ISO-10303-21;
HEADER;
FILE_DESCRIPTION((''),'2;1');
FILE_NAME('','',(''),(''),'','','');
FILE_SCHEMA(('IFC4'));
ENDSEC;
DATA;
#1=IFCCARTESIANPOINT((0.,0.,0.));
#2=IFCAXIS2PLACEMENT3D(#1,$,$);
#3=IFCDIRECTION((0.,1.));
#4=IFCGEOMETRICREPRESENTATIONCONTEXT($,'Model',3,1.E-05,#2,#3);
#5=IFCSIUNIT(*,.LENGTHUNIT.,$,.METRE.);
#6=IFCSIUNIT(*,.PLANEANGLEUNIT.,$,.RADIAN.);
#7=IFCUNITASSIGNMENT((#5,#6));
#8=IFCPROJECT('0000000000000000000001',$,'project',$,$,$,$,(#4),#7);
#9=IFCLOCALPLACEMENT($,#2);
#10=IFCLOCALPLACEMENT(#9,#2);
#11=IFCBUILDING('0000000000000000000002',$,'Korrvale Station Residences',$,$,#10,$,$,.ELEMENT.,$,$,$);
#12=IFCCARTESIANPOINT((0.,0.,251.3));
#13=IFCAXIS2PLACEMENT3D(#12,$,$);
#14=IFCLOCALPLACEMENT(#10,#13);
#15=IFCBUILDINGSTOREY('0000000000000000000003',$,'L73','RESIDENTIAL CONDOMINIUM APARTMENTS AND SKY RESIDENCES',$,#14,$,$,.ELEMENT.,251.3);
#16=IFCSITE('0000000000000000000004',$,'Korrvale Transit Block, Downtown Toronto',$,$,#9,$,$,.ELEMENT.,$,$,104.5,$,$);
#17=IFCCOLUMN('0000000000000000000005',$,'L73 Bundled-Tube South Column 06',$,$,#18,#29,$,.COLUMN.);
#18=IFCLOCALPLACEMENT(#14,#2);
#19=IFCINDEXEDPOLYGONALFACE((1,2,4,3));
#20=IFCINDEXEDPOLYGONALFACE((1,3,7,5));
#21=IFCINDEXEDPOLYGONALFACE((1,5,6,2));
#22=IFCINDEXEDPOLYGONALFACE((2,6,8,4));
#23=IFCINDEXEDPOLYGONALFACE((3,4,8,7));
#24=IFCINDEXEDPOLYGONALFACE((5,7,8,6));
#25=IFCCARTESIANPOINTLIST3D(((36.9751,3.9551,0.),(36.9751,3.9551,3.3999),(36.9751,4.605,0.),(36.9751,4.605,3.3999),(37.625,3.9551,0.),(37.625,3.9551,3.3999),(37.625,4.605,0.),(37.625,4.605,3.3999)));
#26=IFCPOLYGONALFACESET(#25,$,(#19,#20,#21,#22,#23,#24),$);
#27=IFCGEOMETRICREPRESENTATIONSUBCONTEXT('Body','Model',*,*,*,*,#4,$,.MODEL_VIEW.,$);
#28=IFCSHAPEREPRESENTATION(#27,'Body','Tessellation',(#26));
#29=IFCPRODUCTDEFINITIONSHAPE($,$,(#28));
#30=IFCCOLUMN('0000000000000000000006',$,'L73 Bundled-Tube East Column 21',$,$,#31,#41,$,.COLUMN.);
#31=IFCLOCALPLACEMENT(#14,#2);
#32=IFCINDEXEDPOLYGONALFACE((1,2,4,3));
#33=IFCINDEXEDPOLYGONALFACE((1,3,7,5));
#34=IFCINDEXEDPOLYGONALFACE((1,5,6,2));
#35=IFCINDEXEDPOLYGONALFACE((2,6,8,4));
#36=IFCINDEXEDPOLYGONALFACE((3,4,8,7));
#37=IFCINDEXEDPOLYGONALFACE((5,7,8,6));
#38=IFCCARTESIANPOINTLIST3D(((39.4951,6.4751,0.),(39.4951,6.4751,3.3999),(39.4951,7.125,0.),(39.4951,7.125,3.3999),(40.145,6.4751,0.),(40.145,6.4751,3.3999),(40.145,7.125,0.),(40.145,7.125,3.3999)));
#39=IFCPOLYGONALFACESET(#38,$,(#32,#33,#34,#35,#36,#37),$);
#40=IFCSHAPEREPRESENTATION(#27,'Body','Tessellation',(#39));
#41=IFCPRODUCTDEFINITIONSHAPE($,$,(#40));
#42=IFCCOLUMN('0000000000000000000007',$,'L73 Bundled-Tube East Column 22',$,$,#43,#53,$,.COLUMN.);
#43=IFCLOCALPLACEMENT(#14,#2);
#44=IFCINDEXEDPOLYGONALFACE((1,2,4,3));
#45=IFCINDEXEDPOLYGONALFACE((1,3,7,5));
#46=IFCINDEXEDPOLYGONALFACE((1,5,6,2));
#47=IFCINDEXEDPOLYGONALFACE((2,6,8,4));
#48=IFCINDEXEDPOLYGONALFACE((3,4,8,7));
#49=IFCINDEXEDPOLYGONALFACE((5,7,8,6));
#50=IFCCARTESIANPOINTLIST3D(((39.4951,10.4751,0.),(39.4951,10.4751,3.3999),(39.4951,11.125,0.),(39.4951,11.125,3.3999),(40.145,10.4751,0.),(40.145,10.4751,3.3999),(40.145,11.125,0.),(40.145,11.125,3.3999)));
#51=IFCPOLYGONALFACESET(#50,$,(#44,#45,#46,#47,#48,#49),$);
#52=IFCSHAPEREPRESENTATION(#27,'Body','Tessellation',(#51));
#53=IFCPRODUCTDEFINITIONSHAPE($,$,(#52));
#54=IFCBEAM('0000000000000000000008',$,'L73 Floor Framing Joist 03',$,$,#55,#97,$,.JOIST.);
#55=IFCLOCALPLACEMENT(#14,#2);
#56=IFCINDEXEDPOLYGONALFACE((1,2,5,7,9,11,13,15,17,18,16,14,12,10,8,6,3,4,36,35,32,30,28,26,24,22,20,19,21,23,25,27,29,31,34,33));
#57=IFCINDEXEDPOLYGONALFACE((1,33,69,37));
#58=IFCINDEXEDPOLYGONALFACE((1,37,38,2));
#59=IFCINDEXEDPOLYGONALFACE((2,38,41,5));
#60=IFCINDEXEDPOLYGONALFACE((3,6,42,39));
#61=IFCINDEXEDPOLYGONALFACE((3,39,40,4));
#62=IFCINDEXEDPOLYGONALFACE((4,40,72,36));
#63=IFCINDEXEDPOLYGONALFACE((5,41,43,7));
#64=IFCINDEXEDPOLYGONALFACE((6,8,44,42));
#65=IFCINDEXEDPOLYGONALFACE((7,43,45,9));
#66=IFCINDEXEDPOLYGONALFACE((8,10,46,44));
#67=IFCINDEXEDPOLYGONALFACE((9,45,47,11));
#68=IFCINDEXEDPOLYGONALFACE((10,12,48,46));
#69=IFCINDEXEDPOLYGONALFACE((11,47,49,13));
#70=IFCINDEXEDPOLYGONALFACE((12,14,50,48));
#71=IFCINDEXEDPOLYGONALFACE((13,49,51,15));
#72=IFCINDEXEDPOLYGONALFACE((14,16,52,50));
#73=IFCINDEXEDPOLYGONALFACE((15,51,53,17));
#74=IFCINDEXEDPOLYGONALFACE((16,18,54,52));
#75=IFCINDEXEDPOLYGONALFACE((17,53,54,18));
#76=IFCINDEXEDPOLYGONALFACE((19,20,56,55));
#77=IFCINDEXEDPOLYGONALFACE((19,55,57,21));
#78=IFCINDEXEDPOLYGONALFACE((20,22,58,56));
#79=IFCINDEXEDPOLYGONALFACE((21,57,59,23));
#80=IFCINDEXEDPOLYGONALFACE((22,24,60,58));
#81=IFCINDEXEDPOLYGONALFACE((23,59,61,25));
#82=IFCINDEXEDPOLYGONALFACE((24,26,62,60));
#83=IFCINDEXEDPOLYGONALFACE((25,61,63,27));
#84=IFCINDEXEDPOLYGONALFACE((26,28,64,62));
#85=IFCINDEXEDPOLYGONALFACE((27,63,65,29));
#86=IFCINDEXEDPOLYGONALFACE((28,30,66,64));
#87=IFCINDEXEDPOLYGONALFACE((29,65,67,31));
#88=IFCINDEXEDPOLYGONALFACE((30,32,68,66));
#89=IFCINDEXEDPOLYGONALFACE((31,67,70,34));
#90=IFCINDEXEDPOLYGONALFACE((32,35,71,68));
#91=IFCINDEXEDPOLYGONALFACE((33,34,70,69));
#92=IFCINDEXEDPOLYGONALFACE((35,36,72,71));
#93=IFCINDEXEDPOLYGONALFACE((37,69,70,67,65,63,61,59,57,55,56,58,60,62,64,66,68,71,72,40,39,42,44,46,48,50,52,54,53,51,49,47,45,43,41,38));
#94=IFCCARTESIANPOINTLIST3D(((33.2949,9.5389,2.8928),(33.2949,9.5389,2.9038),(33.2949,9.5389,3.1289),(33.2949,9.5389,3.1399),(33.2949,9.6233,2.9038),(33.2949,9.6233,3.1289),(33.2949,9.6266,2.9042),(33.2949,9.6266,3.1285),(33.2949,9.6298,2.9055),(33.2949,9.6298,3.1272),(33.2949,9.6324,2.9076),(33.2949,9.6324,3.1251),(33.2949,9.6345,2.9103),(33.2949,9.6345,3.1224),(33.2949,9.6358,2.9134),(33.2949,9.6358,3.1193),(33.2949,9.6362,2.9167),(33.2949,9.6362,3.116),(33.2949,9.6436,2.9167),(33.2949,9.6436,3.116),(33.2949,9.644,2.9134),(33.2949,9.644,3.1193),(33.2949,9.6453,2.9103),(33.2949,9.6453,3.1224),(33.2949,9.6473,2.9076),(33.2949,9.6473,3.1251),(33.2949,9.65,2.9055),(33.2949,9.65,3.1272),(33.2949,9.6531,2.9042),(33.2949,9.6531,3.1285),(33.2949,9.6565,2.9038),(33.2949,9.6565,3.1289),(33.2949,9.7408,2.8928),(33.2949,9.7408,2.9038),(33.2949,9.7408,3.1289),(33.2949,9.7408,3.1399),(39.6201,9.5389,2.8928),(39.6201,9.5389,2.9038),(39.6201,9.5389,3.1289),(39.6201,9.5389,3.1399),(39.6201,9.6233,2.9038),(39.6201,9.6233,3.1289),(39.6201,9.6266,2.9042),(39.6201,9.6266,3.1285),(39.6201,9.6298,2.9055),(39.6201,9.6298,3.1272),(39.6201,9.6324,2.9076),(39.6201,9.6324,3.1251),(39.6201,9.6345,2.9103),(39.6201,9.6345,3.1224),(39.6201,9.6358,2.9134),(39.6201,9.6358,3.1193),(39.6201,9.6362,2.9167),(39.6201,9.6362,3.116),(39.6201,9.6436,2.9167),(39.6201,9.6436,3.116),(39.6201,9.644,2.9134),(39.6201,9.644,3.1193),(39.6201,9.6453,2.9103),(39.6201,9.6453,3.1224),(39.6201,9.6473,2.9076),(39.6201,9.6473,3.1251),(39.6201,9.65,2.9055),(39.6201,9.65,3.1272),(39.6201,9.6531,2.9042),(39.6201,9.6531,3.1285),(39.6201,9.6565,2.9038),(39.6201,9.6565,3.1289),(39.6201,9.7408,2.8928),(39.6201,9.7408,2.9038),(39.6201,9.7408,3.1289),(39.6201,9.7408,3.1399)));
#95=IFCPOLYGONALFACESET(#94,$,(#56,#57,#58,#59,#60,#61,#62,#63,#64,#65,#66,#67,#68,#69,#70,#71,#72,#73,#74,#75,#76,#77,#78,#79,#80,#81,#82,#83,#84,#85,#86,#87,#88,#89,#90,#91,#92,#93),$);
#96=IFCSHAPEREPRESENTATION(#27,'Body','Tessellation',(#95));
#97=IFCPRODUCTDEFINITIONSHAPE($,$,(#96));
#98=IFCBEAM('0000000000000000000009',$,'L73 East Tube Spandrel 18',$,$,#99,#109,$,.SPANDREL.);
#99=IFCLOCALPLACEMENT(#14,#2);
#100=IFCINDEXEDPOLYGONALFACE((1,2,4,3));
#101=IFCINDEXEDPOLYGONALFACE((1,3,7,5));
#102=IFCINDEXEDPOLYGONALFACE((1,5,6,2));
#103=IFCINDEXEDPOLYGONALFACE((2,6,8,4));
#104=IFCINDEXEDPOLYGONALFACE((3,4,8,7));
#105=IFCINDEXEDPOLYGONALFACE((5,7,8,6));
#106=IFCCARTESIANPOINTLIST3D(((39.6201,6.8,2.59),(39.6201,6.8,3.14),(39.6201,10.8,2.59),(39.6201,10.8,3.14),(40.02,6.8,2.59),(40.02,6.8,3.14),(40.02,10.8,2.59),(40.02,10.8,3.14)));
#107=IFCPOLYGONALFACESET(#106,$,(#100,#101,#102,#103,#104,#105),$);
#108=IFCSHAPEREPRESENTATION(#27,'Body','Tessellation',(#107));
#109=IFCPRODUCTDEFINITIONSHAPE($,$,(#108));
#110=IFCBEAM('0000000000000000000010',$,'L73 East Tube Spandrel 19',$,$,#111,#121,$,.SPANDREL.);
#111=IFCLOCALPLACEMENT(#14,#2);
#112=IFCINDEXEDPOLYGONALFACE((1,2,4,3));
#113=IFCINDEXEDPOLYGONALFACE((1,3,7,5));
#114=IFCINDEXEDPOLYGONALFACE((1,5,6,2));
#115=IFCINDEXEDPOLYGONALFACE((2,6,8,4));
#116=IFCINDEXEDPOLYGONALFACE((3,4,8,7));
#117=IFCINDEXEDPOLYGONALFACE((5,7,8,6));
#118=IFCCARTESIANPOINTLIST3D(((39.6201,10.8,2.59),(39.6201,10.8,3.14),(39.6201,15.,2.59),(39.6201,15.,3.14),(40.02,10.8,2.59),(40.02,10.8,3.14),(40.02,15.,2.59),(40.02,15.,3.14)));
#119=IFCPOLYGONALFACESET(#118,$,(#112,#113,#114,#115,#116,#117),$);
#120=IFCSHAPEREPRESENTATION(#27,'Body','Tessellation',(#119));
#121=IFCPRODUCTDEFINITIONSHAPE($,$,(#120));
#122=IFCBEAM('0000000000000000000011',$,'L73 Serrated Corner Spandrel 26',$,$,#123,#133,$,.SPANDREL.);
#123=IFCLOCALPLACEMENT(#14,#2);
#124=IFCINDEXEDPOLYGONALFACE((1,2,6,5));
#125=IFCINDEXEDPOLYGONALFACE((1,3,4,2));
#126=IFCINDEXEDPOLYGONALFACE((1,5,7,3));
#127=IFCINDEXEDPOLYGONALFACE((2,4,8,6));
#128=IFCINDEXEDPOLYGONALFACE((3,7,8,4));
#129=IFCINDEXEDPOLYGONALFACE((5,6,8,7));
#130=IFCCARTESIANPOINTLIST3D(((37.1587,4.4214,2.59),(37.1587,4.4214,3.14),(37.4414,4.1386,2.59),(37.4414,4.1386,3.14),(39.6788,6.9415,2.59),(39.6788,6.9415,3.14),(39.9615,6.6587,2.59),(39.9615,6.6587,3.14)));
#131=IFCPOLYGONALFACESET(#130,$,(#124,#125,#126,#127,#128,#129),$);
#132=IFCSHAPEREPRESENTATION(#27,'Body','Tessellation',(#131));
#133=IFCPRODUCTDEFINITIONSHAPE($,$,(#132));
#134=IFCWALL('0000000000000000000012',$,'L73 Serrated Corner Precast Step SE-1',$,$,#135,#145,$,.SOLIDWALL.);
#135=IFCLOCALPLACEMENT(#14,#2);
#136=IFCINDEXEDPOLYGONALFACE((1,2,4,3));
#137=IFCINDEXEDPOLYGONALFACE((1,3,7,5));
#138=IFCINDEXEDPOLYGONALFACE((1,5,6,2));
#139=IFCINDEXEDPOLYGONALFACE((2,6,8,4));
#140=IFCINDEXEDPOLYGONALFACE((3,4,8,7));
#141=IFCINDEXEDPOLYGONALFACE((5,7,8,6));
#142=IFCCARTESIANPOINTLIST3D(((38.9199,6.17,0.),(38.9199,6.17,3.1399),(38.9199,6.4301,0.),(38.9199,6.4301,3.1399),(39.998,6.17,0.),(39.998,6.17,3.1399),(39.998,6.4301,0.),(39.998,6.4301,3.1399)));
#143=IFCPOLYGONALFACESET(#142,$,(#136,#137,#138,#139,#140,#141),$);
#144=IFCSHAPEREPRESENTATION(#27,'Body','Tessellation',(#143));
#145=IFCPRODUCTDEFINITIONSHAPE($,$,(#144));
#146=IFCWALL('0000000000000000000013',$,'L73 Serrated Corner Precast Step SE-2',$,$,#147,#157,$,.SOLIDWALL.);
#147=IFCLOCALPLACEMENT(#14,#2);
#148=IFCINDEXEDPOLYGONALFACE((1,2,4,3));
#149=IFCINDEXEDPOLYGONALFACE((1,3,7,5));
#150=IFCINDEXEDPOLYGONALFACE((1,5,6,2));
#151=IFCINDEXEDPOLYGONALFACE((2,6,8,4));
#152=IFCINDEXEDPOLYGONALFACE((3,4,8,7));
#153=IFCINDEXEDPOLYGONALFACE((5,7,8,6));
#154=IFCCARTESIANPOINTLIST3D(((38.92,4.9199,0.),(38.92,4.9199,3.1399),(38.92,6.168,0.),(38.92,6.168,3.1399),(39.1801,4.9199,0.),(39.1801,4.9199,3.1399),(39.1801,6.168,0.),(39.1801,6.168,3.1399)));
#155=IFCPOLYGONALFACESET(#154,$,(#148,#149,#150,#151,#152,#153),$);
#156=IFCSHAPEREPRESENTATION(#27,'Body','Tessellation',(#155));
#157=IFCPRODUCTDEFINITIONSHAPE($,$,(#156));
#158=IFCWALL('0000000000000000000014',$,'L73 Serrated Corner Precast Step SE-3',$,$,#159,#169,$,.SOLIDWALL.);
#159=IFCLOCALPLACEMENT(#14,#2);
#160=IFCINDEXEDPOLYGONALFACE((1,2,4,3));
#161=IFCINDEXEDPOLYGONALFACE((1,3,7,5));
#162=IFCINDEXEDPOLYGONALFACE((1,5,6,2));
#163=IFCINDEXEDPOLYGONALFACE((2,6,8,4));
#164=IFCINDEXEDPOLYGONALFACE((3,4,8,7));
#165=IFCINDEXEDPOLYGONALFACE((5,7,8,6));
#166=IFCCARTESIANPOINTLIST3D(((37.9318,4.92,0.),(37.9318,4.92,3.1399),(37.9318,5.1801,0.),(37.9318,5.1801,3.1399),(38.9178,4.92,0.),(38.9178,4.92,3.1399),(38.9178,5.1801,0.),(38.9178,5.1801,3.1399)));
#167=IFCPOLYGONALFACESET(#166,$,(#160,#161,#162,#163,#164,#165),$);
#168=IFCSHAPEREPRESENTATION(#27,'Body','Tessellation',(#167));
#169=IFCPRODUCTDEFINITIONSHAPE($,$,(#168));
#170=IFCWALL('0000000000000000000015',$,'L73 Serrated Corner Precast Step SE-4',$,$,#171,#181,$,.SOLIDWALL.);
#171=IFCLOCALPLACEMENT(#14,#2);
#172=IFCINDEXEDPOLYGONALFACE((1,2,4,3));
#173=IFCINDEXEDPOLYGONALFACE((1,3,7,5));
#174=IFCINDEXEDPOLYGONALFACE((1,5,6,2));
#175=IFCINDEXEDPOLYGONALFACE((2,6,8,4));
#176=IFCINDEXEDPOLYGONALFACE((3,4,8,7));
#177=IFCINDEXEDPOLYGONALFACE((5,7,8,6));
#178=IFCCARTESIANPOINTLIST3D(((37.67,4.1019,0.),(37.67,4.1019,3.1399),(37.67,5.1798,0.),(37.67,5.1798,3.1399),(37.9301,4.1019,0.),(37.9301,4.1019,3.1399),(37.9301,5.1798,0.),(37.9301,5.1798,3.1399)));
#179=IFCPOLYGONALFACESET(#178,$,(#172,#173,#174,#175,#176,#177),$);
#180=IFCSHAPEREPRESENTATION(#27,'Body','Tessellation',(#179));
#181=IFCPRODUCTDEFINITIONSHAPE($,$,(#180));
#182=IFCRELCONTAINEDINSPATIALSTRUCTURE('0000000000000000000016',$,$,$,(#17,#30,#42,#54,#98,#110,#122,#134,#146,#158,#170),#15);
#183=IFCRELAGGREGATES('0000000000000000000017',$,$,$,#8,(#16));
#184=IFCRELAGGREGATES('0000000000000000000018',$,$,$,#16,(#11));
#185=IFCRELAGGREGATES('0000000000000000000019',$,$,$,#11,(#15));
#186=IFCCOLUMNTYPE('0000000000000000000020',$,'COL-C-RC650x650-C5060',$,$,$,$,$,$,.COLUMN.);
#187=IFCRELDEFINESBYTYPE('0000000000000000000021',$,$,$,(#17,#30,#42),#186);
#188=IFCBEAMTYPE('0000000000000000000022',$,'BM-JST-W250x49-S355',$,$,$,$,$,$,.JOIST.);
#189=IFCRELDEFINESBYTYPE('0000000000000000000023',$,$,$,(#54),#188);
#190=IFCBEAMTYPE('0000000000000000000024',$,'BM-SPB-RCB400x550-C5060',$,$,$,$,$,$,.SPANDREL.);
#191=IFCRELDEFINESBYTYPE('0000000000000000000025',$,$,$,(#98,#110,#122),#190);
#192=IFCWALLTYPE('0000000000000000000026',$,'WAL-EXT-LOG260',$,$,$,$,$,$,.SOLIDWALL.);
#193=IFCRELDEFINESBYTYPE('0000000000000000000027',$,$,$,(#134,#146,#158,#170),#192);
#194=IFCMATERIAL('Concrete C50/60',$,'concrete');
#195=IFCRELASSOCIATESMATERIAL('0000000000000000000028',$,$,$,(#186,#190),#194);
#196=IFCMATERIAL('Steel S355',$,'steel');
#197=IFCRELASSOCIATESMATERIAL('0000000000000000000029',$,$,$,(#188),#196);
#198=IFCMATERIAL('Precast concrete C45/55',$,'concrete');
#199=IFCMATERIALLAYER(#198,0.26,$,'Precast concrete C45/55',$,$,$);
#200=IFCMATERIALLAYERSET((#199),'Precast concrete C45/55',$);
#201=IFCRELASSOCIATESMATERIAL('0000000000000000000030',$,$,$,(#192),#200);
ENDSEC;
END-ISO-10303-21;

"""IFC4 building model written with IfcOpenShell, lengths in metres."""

from ifc_helpers import new_model, si_unit, direction, frame, frame_2d, origin, origin_2d, place, context, subcontext, project, spatial, rectangle, i_section, extrude, material, layer, layer_set, material_profile, profile_set, type_object, element, save


model = new_model("IFC4")

# Units and contexts
model_context = context("Model", 3, precision=1e-05, world=origin(), true_north=direction((0.0, 1.0)))
body_context = subcontext(model_context, "Body", "Model", "MODEL_VIEW")
ifc_project = project(units=[si_unit("LENGTHUNIT", "METRE"), si_unit("PLANEANGLEUNIT", "RADIAN")], contexts=[model_context])

# Site, building, storey
site_placement = place(None, origin())
site = spatial("IfcSite", under=ifc_project, at=site_placement, Name="Korrvale Transit Block, Downtown Toronto", CompositionType="ELEMENT", RefElevation=104.5)
building_placement = place(site_placement, origin())
building = spatial("IfcBuilding", under=site, at=building_placement, Name="Korrvale Station Residences", CompositionType="ELEMENT")
storey_placement = place(building_placement, frame((0.0, 0.0, 251.3)))
storey = spatial("IfcBuildingStorey", under=building, at=storey_placement, Name="L73", Description="RESIDENTIAL CONDOMINIUM APARTMENTS AND SKY RESIDENCES", CompositionType="ELEMENT", Elevation=251.3)

# Columns
ifc_material_1 = material(Name="Concrete C50/60", Category="concrete")
ifc_material_profile_1 = material_profile(ifc_material_1, rectangle(XDim=0.6499, YDim=0.6499, at=origin_2d()), Name="RC650x650")
ifc_profile_set_1 = profile_set([ifc_material_profile_1], Name="Concrete C50/60")
column_type = type_object("IfcColumnType", Name="COL-C-RC650x650-C5060", PredefinedType="COLUMN", material=ifc_profile_set_1)
for number, where, z_axis, x_axis, name in (
    (1, (37.3, 4.28, 0.0), (0.0, 0.0, 1.0), (1.0, 0.0, 0.0), "L73 Bundled-Tube South Column 06"),
    (2, (39.8201, 6.8, 0.0), (0.0, 0.0, 1.0), (1.0, 0.0, 0.0), "L73 Bundled-Tube East Column 21"),
    (3, (39.8201, 10.8, 0.0), (0.0, 0.0, 1.0), (1.0, 0.0, 0.0), "L73 Bundled-Tube East Column 22"),
):
    element("IfcColumn", number, at=place(storey_placement, frame(where, z_axis=z_axis, x_axis=x_axis)), inside=storey, type_object=column_type, Name=name, PredefinedType="COLUMN", context=body_context, shape_type="SweptSolid", body=[
        extrude(rectangle(XDim=0.6499, YDim=0.6499, at=origin_2d()), origin(), (0.0, 0.0, 1.0), 3.3999),
    ])

# Beams
ifc_material_2 = material(Name="Steel S355", Category="steel")
ifc_material_profile_2 = material_profile(ifc_material_2, i_section(OverallWidth=0.2019, OverallDepth=0.2471, WebThickness=0.0073, FlangeThickness=0.011, FilletRadius=0.0129, at=origin_2d()), Name="W250x49")
ifc_profile_set_2 = profile_set([ifc_material_profile_2], Name="Steel S355")
beam_type_1 = type_object("IfcBeamType", Name="BM-JST-W250x49-S355", PredefinedType="JOIST", material=ifc_profile_set_2)
beam_1_placement = place(storey_placement, frame((33.2949, 9.6399, 3.0164), z_axis=(1.0, 0.0, 0.0), x_axis=(0.0, 1.0, 0.0)))
element("IfcBeam", 4, at=beam_1_placement, inside=storey, type_object=beam_type_1, Name="L73 Floor Framing Joist 03", PredefinedType="JOIST", context=body_context, shape_type="SweptSolid", body=[
    extrude(i_section(OverallWidth=0.2019, OverallDepth=0.2471, WebThickness=0.0073, FlangeThickness=0.011, FilletRadius=0.0129, at=origin_2d()), origin(), (0.0, 0.0, 1.0), 6.3252),
])
ifc_material_profile_3 = material_profile(ifc_material_1, rectangle(XDim=0.3999, YDim=0.55, at=origin_2d()), Name="RCB400x550")
ifc_profile_set_3 = profile_set([ifc_material_profile_3], Name="Concrete C50/60")
beam_type_2 = type_object("IfcBeamType", Name="BM-SPB-RCB400x550-C5060", PredefinedType="SPANDREL", material=ifc_profile_set_3)
beam_2_placement = place(storey_placement, frame((39.8201, 6.8, 2.865), z_axis=(0.0, 1.0, 0.0), x_axis=(-1.0, 0.0, 0.0)))
element("IfcBeam", 5, at=beam_2_placement, inside=storey, type_object=beam_type_2, Name="L73 East Tube Spandrel 18", PredefinedType="SPANDREL", context=body_context, shape_type="SweptSolid", body=[
    extrude(rectangle(XDim=0.3999, YDim=0.55, at=origin_2d()), origin(), (0.0, 0.0, 1.0), 4.0),
])
beam_3_placement = place(storey_placement, frame((39.8201, 10.8, 2.865), z_axis=(0.0, 1.0, 0.0), x_axis=(-1.0, 0.0, 0.0)))
element("IfcBeam", 6, at=beam_3_placement, inside=storey, type_object=beam_type_2, Name="L73 East Tube Spandrel 19", PredefinedType="SPANDREL", context=body_context, shape_type="SweptSolid", body=[
    extrude(rectangle(XDim=0.3999, YDim=0.55, at=origin_2d()), origin(), (0.0, 0.0, 1.0), 4.2),
])
beam_4_placement = place(storey_placement, frame((37.3, 4.28, 2.865), z_axis=(0.707107, 0.707107, 0.0), x_axis=(-0.707107, 0.707107, 0.0)))
element("IfcBeam", 7, at=beam_4_placement, inside=storey, type_object=beam_type_2, Name="L73 Serrated Corner Spandrel 26", PredefinedType="SPANDREL", context=body_context, shape_type="SweptSolid", body=[
    extrude(rectangle(XDim=0.3999, YDim=0.55, at=origin_2d()), origin(), (0.0, 0.0, 1.0), 3.564),
])

# Walls
ifc_material_3 = material(Name="Precast concrete C45/55", Category="concrete")
ifc_layer_1 = layer(ifc_material_3, 0.26, Name="Precast concrete C45/55")
ifc_layer_set_1 = layer_set([ifc_layer_1], Name="Precast concrete C45/55")
wall_type_1 = type_object("IfcWallType", Name="WAL-EXT-LOG260", PredefinedType="SOLIDWALL", material=ifc_layer_set_1)
wall_1_placement = place(storey_placement, frame((39.998, 6.3, 0.0), z_axis=(0.0, 0.0, 1.0), x_axis=(-1.0, 0.0, 0.0)))
element("IfcWall", 8, at=wall_1_placement, inside=storey, type_object=wall_type_1, Name="L73 Serrated Corner Precast Step SE-1", PredefinedType="SOLIDWALL", context=body_context, shape_type="SweptSolid", body=[
    extrude(rectangle(XDim=1.0781, YDim=0.26, at=frame_2d((0.5391, 0.0))), origin(), (0.0, 0.0, 1.0), 3.1399),
])
wall_2_placement = place(storey_placement, frame((39.05, 6.168, 0.0), z_axis=(0.0, 0.0, 1.0), x_axis=(0.0, -1.0, 0.0)))
element("IfcWall", 9, at=wall_2_placement, inside=storey, type_object=wall_type_1, Name="L73 Serrated Corner Precast Step SE-2", PredefinedType="SOLIDWALL", context=body_context, shape_type="SweptSolid", body=[
    extrude(rectangle(XDim=1.248, YDim=0.26, at=frame_2d((0.624, 0.0))), origin(), (0.0, 0.0, 1.0), 3.1399),
])
wall_3_placement = place(storey_placement, frame((38.918, 5.05, 0.0), z_axis=(0.0, 0.0, 1.0), x_axis=(-1.0, 0.0, 0.0)))
element("IfcWall", 10, at=wall_3_placement, inside=storey, type_object=wall_type_1, Name="L73 Serrated Corner Precast Step SE-3", PredefinedType="SOLIDWALL", context=body_context, shape_type="SweptSolid", body=[
    extrude(rectangle(XDim=0.9861, YDim=0.26, at=frame_2d((0.4932, 0.0))), origin(), (0.0, 0.0, 1.0), 3.1399),
])
wall_4_placement = place(storey_placement, frame((37.8, 5.1799, 0.0), z_axis=(0.0, 0.0, 1.0), x_axis=(0.0, -1.0, 0.0)))
element("IfcWall", 11, at=wall_4_placement, inside=storey, type_object=wall_type_1, Name="L73 Serrated Corner Precast Step SE-4", PredefinedType="SOLIDWALL", context=body_context, shape_type="SweptSolid", body=[
    extrude(rectangle(XDim=1.0779, YDim=0.26, at=frame_2d((0.5391, 0.0))), origin(), (0.0, 0.0, 1.0), 3.1399),
])

save(model, "model.ifc")
